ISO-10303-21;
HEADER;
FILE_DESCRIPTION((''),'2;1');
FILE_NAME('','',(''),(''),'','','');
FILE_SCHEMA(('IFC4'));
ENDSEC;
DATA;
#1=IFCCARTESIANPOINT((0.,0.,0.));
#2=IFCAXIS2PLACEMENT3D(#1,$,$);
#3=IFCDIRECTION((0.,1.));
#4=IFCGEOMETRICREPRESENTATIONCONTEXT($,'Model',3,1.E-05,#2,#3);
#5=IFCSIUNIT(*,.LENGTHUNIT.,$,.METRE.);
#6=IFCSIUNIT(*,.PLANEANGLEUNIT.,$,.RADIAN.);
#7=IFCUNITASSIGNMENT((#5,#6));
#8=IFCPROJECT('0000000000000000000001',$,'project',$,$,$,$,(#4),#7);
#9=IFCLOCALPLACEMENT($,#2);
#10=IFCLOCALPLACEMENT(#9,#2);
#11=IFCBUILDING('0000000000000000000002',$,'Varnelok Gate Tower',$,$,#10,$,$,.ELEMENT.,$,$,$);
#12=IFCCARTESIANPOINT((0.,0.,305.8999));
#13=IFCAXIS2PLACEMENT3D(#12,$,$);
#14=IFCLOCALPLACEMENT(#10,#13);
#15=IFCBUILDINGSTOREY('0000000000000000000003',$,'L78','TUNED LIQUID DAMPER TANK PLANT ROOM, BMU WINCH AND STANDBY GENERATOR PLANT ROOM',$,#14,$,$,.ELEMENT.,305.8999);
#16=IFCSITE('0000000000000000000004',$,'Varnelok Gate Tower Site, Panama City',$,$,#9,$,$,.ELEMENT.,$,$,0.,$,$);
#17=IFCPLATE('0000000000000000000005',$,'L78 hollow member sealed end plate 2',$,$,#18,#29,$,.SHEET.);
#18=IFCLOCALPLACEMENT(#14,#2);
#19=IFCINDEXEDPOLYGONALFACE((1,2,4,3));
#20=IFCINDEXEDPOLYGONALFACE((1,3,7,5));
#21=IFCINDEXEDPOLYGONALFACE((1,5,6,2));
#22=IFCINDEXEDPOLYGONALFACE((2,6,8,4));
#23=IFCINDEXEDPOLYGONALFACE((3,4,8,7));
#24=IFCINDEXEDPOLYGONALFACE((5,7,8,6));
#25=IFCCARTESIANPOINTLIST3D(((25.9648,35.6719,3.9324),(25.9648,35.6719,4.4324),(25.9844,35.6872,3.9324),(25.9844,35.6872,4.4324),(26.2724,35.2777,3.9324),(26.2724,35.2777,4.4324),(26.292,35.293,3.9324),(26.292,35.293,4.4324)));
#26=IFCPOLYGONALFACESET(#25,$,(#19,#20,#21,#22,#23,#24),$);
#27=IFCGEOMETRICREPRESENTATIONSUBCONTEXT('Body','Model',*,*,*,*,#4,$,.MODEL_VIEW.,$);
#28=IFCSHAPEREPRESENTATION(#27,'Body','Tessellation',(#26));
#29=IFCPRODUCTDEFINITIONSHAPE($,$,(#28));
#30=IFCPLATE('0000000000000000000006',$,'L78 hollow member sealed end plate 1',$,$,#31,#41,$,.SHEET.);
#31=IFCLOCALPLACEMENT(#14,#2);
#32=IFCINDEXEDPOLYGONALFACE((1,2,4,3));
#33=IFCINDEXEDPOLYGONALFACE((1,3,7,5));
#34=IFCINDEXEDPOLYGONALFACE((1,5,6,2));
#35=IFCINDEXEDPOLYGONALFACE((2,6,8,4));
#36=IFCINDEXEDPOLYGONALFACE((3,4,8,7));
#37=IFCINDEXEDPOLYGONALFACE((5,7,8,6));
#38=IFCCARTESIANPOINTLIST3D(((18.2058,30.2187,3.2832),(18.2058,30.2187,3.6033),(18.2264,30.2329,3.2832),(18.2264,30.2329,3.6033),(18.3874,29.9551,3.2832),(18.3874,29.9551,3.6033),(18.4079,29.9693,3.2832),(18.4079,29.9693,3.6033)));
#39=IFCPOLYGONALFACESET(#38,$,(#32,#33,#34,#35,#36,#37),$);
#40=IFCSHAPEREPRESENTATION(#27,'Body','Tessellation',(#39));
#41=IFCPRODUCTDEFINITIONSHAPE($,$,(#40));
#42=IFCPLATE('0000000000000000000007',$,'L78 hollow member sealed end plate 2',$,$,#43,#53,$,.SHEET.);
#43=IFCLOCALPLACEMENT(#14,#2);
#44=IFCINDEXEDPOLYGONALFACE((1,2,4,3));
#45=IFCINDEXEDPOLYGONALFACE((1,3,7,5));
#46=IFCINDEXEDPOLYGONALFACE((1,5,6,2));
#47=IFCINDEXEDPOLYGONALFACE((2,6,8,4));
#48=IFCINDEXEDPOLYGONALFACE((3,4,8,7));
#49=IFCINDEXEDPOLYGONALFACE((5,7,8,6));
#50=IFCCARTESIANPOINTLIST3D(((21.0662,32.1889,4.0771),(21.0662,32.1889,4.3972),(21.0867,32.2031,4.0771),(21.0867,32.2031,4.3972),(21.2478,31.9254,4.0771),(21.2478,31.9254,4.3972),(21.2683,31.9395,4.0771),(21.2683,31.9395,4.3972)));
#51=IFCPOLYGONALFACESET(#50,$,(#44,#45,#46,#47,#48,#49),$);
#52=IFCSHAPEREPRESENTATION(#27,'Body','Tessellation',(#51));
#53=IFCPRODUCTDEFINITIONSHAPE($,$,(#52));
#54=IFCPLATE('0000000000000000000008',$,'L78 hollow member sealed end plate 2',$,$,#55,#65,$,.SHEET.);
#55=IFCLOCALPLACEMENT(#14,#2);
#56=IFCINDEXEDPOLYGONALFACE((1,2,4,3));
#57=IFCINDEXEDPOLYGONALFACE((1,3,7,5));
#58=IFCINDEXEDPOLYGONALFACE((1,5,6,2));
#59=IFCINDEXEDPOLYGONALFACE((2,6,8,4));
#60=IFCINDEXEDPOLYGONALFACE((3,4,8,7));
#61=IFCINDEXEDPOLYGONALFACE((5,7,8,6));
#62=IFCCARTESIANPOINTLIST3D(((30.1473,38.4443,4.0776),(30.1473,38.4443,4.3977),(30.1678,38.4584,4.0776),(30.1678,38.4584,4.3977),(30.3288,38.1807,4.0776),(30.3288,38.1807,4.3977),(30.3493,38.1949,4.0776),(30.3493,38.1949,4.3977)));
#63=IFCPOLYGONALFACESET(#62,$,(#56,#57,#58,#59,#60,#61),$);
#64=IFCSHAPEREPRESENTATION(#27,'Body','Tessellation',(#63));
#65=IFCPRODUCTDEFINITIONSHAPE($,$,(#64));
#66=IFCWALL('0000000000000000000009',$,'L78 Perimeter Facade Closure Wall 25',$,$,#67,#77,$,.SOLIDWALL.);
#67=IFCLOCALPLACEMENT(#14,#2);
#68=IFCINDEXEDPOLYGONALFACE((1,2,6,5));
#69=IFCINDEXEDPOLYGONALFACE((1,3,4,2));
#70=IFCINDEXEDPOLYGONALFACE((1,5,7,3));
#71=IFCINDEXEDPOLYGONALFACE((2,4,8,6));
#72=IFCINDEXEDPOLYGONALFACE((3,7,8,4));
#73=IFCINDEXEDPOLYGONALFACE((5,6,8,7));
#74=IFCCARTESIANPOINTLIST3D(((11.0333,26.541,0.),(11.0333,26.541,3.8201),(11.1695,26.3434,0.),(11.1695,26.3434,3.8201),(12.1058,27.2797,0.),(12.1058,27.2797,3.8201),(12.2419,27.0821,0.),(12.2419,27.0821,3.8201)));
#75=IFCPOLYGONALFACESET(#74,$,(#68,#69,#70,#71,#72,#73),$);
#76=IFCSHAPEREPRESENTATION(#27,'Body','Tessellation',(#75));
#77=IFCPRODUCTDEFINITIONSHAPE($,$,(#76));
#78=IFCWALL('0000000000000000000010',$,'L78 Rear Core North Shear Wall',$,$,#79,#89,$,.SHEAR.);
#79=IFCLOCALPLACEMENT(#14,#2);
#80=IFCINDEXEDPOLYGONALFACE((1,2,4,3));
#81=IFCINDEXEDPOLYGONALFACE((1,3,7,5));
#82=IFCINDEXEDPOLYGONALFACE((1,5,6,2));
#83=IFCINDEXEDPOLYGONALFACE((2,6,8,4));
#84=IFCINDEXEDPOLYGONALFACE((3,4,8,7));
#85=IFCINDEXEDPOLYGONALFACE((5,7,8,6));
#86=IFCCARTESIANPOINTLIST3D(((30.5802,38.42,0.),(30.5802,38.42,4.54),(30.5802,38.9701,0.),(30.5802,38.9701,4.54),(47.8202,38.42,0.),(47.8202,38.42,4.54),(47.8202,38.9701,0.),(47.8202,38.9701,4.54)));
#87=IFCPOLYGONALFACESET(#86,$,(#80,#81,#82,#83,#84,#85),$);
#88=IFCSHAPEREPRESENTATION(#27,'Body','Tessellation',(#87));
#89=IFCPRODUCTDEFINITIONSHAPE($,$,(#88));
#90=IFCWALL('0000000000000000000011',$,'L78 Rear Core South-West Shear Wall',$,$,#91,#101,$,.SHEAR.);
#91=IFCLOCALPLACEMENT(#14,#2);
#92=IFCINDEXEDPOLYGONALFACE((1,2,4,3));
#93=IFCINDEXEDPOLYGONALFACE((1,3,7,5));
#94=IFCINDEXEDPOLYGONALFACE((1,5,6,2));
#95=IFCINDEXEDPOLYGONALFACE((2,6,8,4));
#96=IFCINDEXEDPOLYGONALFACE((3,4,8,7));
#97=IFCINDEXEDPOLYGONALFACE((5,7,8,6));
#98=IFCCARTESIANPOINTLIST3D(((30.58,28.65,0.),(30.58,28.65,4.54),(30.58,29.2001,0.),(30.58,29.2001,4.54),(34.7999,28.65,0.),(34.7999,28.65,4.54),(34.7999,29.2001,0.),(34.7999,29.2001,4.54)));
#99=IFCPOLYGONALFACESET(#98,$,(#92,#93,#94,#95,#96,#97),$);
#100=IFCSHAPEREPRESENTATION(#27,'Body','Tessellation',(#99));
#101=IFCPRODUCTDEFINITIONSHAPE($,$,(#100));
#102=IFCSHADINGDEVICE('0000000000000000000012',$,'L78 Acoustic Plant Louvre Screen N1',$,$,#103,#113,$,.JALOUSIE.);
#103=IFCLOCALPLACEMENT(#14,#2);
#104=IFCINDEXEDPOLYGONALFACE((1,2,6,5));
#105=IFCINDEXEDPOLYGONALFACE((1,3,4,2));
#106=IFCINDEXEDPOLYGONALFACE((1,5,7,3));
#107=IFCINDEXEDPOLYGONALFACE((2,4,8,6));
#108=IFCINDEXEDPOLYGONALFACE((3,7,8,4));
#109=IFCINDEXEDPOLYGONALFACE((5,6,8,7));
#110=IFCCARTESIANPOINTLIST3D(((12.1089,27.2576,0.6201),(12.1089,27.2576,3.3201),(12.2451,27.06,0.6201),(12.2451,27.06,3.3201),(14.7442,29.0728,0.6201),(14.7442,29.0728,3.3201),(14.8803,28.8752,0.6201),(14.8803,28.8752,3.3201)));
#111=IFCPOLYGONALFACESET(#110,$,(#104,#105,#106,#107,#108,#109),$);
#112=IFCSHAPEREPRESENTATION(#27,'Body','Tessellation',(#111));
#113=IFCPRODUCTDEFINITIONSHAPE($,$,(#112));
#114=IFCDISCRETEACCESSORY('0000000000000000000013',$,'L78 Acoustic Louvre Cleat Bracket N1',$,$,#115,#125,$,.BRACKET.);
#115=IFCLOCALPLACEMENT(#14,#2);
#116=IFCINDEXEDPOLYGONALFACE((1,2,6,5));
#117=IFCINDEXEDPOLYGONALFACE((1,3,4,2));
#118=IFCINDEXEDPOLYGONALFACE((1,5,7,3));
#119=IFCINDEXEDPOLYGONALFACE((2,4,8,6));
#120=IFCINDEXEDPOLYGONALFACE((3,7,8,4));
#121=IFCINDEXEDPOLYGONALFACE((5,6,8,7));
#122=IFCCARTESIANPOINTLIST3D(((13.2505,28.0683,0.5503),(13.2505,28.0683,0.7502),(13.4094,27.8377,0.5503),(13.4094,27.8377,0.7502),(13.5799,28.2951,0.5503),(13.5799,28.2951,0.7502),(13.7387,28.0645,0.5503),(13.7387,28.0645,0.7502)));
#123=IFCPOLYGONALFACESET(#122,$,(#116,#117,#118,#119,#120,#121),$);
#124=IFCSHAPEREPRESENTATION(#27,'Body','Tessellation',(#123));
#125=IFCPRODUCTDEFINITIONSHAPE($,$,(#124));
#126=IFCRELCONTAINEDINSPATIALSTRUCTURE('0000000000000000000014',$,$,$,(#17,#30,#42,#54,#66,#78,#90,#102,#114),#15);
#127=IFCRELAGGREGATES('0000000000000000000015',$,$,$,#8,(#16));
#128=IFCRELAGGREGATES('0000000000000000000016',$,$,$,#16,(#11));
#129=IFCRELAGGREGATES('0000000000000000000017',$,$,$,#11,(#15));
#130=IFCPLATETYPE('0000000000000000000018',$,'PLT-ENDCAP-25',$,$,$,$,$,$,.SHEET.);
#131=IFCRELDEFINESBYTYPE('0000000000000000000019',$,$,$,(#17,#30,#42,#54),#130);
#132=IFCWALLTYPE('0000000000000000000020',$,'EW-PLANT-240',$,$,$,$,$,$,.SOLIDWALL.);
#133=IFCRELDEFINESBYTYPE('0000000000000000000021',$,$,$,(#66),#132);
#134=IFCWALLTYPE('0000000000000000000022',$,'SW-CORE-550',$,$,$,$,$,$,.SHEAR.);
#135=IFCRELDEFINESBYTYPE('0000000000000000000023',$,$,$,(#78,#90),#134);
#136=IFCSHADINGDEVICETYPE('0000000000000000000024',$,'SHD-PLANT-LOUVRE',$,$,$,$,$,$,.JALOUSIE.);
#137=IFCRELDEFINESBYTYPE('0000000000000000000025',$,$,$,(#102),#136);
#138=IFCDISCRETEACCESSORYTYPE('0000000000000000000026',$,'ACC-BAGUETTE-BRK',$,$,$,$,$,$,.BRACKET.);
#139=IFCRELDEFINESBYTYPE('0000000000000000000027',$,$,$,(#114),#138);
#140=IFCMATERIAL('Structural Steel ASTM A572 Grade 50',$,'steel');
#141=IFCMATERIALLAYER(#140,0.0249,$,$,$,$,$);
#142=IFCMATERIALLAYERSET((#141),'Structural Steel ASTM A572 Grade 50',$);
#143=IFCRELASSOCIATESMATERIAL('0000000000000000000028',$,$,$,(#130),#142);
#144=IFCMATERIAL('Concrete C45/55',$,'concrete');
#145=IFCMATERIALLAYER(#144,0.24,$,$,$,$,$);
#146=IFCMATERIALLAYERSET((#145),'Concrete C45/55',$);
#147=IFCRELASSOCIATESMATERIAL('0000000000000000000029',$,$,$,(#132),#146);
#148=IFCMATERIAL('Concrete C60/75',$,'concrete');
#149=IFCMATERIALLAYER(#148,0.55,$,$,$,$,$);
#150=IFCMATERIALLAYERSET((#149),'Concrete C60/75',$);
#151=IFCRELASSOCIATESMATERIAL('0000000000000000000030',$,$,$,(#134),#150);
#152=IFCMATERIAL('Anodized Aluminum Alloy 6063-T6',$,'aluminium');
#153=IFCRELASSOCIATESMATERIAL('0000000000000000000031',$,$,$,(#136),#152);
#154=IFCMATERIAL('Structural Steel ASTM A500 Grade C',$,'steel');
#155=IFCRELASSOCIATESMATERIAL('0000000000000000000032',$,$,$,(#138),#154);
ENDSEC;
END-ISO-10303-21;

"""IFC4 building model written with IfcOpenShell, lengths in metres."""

from ifc_helpers import new_model, si_unit, direction, frame, frame_2d, origin, origin_2d, place, context, subcontext, project, spatial, rectangle, extrude, source, transform, mapped, material, layer, layer_set, type_object, element, save


model = new_model("IFC4")

# Units and contexts
model_context = context("Model", 3, precision=1e-05, world=origin(), true_north=direction((0.0, 1.0)))
body_context = subcontext(model_context, "Body", "Model", "MODEL_VIEW")
ifc_project = project(units=[si_unit("LENGTHUNIT", "METRE"), si_unit("PLANEANGLEUNIT", "RADIAN")], contexts=[model_context])

# Site, building, storey
site_placement = place(None, origin())
site = spatial("IfcSite", under=ifc_project, at=site_placement, Name="Varnelok Gate Tower Site, Panama City", CompositionType="ELEMENT", RefElevation=0.0)
building_placement = place(site_placement, origin())
building = spatial("IfcBuilding", under=site, at=building_placement, Name="Varnelok Gate Tower", CompositionType="ELEMENT")
storey_placement = place(building_placement, frame((0.0, 0.0, 305.8999)))
storey = spatial("IfcBuildingStorey", under=building, at=storey_placement, Name="L78", Description="TUNED LIQUID DAMPER TANK PLANT ROOM, BMU WINCH AND STANDBY GENERATOR PLANT ROOM", CompositionType="ELEMENT", Elevation=305.8999)

# Shared definitions
ifc_material_1 = material(Name="Structural Steel ASTM A500 Grade C", Category="steel")

# Plates
ifc_material_2 = material(Name="Structural Steel ASTM A572 Grade 50", Category="steel")
ifc_layer_1 = layer(ifc_material_2, 0.0249)
ifc_layer_set_1 = layer_set([ifc_layer_1], Name="Structural Steel ASTM A572 Grade 50")
plate_type_1 = type_object("IfcPlateType", Name="PLT-ENDCAP-25", PredefinedType="SHEET", material=ifc_layer_set_1)
shared_shape_1 = source(origin(), body_context, "Body", "SweptSolid", [
    extrude(rectangle(XDim=0.0249, YDim=0.5, at=origin_2d()), origin(), (0.0, 0.0, 1.0), 0.5),
])
for number, where, z_axis, x_axis, name in (
    (1, (26.1284, 35.4824, 3.9324), (0.0, 0.0, 1.0), (-0.788365, -0.615208, 0.0), "L78 hollow member sealed end plate 2"),
):
    element("IfcPlate", number, at=place(storey_placement, frame(where, z_axis=z_axis, x_axis=x_axis)), inside=storey, type_object=plate_type_1, Name=name, PredefinedType="SHEET", context=body_context, shape_type="MappedRepresentation", body=[
        mapped(shared_shape_1, transform((0.0, 0.0, 0.0), scale=1.0)),
    ])
shared_shape_2 = source(origin(), body_context, "Body", "SweptSolid", [
    extrude(rectangle(XDim=0.0249, YDim=0.3201, at=origin_2d()), origin(), (0.0, 0.0, 1.0), 0.3201),
])
for number, where, z_axis, x_axis, name in (
    (2, (18.3069, 30.094, 3.2832), (0.0, 0.0, 1.0), (0.823533, 0.567269, 0.0), "L78 hollow member sealed end plate 1"),
    (3, (21.1672, 32.0642, 4.0771), (0.0, 0.0, 1.0), (0.823533, 0.567269, 0.0), "L78 hollow member sealed end plate 2"),
    (4, (30.2483, 38.3196, 4.0776), (0.0, 0.0, 1.0), (-0.823523, -0.567283, 0.0), "L78 hollow member sealed end plate 2"),
):
    element("IfcPlate", number, at=place(storey_placement, frame(where, z_axis=z_axis, x_axis=x_axis)), inside=storey, type_object=plate_type_1, Name=name, PredefinedType="SHEET", context=body_context, shape_type="MappedRepresentation", body=[
        mapped(shared_shape_2, transform((0.0, 0.0, 0.0), scale=1.0)),
    ])

# Walls
ifc_material_3 = material(Name="Concrete C45/55", Category="concrete")
ifc_layer_2 = layer(ifc_material_3, 0.24)
ifc_layer_set_2 = layer_set([ifc_layer_2], Name="Concrete C45/55")
wall_type_1 = type_object("IfcWallType", Name="EW-PLANT-240", PredefinedType="SOLIDWALL", material=ifc_layer_set_2)
wall_1_placement = place(storey_placement, frame((12.1738, 27.1809, 0.0), z_axis=(0.0, 0.0, 1.0), x_axis=(-0.823533, -0.567269, 0.0)))
element("IfcWall", 5, at=wall_1_placement, inside=storey, type_object=wall_type_1, Name="L78 Perimeter Facade Closure Wall 25", PredefinedType="SOLIDWALL", context=body_context, shape_type="SweptSolid", body=[
    extrude(rectangle(XDim=1.3022, YDim=0.24, at=frame_2d((0.6511, 0.0))), origin(), (0.0, 0.0, 1.0), 3.8201),
])
ifc_material_4 = material(Name="Concrete C60/75", Category="concrete")
ifc_layer_3 = layer(ifc_material_4, 0.55)
ifc_layer_set_3 = layer_set([ifc_layer_3], Name="Concrete C60/75")
wall_type_2 = type_object("IfcWallType", Name="SW-CORE-550", PredefinedType="SHEAR", material=ifc_layer_set_3)
wall_2_placement = place(storey_placement, frame((30.5801, 38.6951, 0.0), z_axis=(0.0, 0.0, 1.0), x_axis=(1.0, 0.0, 0.0)))
element("IfcWall", 6, at=wall_2_placement, inside=storey, type_object=wall_type_2, Name="L78 Rear Core North Shear Wall", PredefinedType="SHEAR", context=body_context, shape_type="SweptSolid", body=[
    extrude(rectangle(XDim=17.24, YDim=0.55, at=frame_2d((8.6201, 0.0))), origin(), (0.0, 0.0, 1.0), 4.54),
])
wall_3_placement = place(storey_placement, frame((30.5801, 28.925, 0.0), z_axis=(0.0, 0.0, 1.0), x_axis=(1.0, 0.0, 0.0)))
element("IfcWall", 7, at=wall_3_placement, inside=storey, type_object=wall_type_2, Name="L78 Rear Core South-West Shear Wall", PredefinedType="SHEAR", context=body_context, shape_type="SweptSolid", body=[
    extrude(rectangle(XDim=4.22, YDim=0.55, at=frame_2d((2.1099, 0.0))), origin(), (0.0, 0.0, 1.0), 4.54),
])

# Shading device
ifc_material_5 = material(Name="Anodized Aluminum Alloy 6063-T6", Category="aluminium")
shading_device_type = type_object("IfcShadingDeviceType", Name="SHD-PLANT-LOUVRE", PredefinedType="JALOUSIE", material=ifc_material_5)
shared_shape_3 = source(origin(), body_context, "Body", "SweptSolid", [
    extrude(rectangle(XDim=3.2, YDim=0.24, at=origin_2d()), origin(), (0.0, 0.0, 1.0), 2.7),
])
shading_device_placement = place(storey_placement, frame((13.4946, 28.0664, 0.6201), z_axis=(0.0, 0.0, 1.0), x_axis=(0.823533, 0.567269, 0.0)))
element("IfcShadingDevice", 8, at=shading_device_placement, inside=storey, type_object=shading_device_type, Name="L78 Acoustic Plant Louvre Screen N1", PredefinedType="JALOUSIE", context=body_context, shape_type="MappedRepresentation", body=[
    mapped(shared_shape_3, transform((0.0, 0.0, 0.0), scale=1.0)),
])

# Discrete accessory
discrete_accessory_type = type_object("IfcDiscreteAccessoryType", Name="ACC-BAGUETTE-BRK", PredefinedType="BRACKET", material=ifc_material_1)
shared_shape_4 = source(origin(), body_context, "Body", "SweptSolid", [
    extrude(rectangle(XDim=0.3999, YDim=0.28, at=origin_2d()), origin(), (0.0, 0.0, 1.0), 0.2),
])
discrete_accessory_placement = place(storey_placement, frame((13.4946, 28.0664, 0.5503), z_axis=(0.0, 0.0, 1.0), x_axis=(0.823533, 0.567269, 0.0)))
element("IfcDiscreteAccessory", 9, at=discrete_accessory_placement, inside=storey, type_object=discrete_accessory_type, Name="L78 Acoustic Louvre Cleat Bracket N1", PredefinedType="BRACKET", context=body_context, shape_type="MappedRepresentation", body=[
    mapped(shared_shape_4, transform((0.0, 0.0, 0.0), scale=1.0)),
])

save(model, "model.ifc")
